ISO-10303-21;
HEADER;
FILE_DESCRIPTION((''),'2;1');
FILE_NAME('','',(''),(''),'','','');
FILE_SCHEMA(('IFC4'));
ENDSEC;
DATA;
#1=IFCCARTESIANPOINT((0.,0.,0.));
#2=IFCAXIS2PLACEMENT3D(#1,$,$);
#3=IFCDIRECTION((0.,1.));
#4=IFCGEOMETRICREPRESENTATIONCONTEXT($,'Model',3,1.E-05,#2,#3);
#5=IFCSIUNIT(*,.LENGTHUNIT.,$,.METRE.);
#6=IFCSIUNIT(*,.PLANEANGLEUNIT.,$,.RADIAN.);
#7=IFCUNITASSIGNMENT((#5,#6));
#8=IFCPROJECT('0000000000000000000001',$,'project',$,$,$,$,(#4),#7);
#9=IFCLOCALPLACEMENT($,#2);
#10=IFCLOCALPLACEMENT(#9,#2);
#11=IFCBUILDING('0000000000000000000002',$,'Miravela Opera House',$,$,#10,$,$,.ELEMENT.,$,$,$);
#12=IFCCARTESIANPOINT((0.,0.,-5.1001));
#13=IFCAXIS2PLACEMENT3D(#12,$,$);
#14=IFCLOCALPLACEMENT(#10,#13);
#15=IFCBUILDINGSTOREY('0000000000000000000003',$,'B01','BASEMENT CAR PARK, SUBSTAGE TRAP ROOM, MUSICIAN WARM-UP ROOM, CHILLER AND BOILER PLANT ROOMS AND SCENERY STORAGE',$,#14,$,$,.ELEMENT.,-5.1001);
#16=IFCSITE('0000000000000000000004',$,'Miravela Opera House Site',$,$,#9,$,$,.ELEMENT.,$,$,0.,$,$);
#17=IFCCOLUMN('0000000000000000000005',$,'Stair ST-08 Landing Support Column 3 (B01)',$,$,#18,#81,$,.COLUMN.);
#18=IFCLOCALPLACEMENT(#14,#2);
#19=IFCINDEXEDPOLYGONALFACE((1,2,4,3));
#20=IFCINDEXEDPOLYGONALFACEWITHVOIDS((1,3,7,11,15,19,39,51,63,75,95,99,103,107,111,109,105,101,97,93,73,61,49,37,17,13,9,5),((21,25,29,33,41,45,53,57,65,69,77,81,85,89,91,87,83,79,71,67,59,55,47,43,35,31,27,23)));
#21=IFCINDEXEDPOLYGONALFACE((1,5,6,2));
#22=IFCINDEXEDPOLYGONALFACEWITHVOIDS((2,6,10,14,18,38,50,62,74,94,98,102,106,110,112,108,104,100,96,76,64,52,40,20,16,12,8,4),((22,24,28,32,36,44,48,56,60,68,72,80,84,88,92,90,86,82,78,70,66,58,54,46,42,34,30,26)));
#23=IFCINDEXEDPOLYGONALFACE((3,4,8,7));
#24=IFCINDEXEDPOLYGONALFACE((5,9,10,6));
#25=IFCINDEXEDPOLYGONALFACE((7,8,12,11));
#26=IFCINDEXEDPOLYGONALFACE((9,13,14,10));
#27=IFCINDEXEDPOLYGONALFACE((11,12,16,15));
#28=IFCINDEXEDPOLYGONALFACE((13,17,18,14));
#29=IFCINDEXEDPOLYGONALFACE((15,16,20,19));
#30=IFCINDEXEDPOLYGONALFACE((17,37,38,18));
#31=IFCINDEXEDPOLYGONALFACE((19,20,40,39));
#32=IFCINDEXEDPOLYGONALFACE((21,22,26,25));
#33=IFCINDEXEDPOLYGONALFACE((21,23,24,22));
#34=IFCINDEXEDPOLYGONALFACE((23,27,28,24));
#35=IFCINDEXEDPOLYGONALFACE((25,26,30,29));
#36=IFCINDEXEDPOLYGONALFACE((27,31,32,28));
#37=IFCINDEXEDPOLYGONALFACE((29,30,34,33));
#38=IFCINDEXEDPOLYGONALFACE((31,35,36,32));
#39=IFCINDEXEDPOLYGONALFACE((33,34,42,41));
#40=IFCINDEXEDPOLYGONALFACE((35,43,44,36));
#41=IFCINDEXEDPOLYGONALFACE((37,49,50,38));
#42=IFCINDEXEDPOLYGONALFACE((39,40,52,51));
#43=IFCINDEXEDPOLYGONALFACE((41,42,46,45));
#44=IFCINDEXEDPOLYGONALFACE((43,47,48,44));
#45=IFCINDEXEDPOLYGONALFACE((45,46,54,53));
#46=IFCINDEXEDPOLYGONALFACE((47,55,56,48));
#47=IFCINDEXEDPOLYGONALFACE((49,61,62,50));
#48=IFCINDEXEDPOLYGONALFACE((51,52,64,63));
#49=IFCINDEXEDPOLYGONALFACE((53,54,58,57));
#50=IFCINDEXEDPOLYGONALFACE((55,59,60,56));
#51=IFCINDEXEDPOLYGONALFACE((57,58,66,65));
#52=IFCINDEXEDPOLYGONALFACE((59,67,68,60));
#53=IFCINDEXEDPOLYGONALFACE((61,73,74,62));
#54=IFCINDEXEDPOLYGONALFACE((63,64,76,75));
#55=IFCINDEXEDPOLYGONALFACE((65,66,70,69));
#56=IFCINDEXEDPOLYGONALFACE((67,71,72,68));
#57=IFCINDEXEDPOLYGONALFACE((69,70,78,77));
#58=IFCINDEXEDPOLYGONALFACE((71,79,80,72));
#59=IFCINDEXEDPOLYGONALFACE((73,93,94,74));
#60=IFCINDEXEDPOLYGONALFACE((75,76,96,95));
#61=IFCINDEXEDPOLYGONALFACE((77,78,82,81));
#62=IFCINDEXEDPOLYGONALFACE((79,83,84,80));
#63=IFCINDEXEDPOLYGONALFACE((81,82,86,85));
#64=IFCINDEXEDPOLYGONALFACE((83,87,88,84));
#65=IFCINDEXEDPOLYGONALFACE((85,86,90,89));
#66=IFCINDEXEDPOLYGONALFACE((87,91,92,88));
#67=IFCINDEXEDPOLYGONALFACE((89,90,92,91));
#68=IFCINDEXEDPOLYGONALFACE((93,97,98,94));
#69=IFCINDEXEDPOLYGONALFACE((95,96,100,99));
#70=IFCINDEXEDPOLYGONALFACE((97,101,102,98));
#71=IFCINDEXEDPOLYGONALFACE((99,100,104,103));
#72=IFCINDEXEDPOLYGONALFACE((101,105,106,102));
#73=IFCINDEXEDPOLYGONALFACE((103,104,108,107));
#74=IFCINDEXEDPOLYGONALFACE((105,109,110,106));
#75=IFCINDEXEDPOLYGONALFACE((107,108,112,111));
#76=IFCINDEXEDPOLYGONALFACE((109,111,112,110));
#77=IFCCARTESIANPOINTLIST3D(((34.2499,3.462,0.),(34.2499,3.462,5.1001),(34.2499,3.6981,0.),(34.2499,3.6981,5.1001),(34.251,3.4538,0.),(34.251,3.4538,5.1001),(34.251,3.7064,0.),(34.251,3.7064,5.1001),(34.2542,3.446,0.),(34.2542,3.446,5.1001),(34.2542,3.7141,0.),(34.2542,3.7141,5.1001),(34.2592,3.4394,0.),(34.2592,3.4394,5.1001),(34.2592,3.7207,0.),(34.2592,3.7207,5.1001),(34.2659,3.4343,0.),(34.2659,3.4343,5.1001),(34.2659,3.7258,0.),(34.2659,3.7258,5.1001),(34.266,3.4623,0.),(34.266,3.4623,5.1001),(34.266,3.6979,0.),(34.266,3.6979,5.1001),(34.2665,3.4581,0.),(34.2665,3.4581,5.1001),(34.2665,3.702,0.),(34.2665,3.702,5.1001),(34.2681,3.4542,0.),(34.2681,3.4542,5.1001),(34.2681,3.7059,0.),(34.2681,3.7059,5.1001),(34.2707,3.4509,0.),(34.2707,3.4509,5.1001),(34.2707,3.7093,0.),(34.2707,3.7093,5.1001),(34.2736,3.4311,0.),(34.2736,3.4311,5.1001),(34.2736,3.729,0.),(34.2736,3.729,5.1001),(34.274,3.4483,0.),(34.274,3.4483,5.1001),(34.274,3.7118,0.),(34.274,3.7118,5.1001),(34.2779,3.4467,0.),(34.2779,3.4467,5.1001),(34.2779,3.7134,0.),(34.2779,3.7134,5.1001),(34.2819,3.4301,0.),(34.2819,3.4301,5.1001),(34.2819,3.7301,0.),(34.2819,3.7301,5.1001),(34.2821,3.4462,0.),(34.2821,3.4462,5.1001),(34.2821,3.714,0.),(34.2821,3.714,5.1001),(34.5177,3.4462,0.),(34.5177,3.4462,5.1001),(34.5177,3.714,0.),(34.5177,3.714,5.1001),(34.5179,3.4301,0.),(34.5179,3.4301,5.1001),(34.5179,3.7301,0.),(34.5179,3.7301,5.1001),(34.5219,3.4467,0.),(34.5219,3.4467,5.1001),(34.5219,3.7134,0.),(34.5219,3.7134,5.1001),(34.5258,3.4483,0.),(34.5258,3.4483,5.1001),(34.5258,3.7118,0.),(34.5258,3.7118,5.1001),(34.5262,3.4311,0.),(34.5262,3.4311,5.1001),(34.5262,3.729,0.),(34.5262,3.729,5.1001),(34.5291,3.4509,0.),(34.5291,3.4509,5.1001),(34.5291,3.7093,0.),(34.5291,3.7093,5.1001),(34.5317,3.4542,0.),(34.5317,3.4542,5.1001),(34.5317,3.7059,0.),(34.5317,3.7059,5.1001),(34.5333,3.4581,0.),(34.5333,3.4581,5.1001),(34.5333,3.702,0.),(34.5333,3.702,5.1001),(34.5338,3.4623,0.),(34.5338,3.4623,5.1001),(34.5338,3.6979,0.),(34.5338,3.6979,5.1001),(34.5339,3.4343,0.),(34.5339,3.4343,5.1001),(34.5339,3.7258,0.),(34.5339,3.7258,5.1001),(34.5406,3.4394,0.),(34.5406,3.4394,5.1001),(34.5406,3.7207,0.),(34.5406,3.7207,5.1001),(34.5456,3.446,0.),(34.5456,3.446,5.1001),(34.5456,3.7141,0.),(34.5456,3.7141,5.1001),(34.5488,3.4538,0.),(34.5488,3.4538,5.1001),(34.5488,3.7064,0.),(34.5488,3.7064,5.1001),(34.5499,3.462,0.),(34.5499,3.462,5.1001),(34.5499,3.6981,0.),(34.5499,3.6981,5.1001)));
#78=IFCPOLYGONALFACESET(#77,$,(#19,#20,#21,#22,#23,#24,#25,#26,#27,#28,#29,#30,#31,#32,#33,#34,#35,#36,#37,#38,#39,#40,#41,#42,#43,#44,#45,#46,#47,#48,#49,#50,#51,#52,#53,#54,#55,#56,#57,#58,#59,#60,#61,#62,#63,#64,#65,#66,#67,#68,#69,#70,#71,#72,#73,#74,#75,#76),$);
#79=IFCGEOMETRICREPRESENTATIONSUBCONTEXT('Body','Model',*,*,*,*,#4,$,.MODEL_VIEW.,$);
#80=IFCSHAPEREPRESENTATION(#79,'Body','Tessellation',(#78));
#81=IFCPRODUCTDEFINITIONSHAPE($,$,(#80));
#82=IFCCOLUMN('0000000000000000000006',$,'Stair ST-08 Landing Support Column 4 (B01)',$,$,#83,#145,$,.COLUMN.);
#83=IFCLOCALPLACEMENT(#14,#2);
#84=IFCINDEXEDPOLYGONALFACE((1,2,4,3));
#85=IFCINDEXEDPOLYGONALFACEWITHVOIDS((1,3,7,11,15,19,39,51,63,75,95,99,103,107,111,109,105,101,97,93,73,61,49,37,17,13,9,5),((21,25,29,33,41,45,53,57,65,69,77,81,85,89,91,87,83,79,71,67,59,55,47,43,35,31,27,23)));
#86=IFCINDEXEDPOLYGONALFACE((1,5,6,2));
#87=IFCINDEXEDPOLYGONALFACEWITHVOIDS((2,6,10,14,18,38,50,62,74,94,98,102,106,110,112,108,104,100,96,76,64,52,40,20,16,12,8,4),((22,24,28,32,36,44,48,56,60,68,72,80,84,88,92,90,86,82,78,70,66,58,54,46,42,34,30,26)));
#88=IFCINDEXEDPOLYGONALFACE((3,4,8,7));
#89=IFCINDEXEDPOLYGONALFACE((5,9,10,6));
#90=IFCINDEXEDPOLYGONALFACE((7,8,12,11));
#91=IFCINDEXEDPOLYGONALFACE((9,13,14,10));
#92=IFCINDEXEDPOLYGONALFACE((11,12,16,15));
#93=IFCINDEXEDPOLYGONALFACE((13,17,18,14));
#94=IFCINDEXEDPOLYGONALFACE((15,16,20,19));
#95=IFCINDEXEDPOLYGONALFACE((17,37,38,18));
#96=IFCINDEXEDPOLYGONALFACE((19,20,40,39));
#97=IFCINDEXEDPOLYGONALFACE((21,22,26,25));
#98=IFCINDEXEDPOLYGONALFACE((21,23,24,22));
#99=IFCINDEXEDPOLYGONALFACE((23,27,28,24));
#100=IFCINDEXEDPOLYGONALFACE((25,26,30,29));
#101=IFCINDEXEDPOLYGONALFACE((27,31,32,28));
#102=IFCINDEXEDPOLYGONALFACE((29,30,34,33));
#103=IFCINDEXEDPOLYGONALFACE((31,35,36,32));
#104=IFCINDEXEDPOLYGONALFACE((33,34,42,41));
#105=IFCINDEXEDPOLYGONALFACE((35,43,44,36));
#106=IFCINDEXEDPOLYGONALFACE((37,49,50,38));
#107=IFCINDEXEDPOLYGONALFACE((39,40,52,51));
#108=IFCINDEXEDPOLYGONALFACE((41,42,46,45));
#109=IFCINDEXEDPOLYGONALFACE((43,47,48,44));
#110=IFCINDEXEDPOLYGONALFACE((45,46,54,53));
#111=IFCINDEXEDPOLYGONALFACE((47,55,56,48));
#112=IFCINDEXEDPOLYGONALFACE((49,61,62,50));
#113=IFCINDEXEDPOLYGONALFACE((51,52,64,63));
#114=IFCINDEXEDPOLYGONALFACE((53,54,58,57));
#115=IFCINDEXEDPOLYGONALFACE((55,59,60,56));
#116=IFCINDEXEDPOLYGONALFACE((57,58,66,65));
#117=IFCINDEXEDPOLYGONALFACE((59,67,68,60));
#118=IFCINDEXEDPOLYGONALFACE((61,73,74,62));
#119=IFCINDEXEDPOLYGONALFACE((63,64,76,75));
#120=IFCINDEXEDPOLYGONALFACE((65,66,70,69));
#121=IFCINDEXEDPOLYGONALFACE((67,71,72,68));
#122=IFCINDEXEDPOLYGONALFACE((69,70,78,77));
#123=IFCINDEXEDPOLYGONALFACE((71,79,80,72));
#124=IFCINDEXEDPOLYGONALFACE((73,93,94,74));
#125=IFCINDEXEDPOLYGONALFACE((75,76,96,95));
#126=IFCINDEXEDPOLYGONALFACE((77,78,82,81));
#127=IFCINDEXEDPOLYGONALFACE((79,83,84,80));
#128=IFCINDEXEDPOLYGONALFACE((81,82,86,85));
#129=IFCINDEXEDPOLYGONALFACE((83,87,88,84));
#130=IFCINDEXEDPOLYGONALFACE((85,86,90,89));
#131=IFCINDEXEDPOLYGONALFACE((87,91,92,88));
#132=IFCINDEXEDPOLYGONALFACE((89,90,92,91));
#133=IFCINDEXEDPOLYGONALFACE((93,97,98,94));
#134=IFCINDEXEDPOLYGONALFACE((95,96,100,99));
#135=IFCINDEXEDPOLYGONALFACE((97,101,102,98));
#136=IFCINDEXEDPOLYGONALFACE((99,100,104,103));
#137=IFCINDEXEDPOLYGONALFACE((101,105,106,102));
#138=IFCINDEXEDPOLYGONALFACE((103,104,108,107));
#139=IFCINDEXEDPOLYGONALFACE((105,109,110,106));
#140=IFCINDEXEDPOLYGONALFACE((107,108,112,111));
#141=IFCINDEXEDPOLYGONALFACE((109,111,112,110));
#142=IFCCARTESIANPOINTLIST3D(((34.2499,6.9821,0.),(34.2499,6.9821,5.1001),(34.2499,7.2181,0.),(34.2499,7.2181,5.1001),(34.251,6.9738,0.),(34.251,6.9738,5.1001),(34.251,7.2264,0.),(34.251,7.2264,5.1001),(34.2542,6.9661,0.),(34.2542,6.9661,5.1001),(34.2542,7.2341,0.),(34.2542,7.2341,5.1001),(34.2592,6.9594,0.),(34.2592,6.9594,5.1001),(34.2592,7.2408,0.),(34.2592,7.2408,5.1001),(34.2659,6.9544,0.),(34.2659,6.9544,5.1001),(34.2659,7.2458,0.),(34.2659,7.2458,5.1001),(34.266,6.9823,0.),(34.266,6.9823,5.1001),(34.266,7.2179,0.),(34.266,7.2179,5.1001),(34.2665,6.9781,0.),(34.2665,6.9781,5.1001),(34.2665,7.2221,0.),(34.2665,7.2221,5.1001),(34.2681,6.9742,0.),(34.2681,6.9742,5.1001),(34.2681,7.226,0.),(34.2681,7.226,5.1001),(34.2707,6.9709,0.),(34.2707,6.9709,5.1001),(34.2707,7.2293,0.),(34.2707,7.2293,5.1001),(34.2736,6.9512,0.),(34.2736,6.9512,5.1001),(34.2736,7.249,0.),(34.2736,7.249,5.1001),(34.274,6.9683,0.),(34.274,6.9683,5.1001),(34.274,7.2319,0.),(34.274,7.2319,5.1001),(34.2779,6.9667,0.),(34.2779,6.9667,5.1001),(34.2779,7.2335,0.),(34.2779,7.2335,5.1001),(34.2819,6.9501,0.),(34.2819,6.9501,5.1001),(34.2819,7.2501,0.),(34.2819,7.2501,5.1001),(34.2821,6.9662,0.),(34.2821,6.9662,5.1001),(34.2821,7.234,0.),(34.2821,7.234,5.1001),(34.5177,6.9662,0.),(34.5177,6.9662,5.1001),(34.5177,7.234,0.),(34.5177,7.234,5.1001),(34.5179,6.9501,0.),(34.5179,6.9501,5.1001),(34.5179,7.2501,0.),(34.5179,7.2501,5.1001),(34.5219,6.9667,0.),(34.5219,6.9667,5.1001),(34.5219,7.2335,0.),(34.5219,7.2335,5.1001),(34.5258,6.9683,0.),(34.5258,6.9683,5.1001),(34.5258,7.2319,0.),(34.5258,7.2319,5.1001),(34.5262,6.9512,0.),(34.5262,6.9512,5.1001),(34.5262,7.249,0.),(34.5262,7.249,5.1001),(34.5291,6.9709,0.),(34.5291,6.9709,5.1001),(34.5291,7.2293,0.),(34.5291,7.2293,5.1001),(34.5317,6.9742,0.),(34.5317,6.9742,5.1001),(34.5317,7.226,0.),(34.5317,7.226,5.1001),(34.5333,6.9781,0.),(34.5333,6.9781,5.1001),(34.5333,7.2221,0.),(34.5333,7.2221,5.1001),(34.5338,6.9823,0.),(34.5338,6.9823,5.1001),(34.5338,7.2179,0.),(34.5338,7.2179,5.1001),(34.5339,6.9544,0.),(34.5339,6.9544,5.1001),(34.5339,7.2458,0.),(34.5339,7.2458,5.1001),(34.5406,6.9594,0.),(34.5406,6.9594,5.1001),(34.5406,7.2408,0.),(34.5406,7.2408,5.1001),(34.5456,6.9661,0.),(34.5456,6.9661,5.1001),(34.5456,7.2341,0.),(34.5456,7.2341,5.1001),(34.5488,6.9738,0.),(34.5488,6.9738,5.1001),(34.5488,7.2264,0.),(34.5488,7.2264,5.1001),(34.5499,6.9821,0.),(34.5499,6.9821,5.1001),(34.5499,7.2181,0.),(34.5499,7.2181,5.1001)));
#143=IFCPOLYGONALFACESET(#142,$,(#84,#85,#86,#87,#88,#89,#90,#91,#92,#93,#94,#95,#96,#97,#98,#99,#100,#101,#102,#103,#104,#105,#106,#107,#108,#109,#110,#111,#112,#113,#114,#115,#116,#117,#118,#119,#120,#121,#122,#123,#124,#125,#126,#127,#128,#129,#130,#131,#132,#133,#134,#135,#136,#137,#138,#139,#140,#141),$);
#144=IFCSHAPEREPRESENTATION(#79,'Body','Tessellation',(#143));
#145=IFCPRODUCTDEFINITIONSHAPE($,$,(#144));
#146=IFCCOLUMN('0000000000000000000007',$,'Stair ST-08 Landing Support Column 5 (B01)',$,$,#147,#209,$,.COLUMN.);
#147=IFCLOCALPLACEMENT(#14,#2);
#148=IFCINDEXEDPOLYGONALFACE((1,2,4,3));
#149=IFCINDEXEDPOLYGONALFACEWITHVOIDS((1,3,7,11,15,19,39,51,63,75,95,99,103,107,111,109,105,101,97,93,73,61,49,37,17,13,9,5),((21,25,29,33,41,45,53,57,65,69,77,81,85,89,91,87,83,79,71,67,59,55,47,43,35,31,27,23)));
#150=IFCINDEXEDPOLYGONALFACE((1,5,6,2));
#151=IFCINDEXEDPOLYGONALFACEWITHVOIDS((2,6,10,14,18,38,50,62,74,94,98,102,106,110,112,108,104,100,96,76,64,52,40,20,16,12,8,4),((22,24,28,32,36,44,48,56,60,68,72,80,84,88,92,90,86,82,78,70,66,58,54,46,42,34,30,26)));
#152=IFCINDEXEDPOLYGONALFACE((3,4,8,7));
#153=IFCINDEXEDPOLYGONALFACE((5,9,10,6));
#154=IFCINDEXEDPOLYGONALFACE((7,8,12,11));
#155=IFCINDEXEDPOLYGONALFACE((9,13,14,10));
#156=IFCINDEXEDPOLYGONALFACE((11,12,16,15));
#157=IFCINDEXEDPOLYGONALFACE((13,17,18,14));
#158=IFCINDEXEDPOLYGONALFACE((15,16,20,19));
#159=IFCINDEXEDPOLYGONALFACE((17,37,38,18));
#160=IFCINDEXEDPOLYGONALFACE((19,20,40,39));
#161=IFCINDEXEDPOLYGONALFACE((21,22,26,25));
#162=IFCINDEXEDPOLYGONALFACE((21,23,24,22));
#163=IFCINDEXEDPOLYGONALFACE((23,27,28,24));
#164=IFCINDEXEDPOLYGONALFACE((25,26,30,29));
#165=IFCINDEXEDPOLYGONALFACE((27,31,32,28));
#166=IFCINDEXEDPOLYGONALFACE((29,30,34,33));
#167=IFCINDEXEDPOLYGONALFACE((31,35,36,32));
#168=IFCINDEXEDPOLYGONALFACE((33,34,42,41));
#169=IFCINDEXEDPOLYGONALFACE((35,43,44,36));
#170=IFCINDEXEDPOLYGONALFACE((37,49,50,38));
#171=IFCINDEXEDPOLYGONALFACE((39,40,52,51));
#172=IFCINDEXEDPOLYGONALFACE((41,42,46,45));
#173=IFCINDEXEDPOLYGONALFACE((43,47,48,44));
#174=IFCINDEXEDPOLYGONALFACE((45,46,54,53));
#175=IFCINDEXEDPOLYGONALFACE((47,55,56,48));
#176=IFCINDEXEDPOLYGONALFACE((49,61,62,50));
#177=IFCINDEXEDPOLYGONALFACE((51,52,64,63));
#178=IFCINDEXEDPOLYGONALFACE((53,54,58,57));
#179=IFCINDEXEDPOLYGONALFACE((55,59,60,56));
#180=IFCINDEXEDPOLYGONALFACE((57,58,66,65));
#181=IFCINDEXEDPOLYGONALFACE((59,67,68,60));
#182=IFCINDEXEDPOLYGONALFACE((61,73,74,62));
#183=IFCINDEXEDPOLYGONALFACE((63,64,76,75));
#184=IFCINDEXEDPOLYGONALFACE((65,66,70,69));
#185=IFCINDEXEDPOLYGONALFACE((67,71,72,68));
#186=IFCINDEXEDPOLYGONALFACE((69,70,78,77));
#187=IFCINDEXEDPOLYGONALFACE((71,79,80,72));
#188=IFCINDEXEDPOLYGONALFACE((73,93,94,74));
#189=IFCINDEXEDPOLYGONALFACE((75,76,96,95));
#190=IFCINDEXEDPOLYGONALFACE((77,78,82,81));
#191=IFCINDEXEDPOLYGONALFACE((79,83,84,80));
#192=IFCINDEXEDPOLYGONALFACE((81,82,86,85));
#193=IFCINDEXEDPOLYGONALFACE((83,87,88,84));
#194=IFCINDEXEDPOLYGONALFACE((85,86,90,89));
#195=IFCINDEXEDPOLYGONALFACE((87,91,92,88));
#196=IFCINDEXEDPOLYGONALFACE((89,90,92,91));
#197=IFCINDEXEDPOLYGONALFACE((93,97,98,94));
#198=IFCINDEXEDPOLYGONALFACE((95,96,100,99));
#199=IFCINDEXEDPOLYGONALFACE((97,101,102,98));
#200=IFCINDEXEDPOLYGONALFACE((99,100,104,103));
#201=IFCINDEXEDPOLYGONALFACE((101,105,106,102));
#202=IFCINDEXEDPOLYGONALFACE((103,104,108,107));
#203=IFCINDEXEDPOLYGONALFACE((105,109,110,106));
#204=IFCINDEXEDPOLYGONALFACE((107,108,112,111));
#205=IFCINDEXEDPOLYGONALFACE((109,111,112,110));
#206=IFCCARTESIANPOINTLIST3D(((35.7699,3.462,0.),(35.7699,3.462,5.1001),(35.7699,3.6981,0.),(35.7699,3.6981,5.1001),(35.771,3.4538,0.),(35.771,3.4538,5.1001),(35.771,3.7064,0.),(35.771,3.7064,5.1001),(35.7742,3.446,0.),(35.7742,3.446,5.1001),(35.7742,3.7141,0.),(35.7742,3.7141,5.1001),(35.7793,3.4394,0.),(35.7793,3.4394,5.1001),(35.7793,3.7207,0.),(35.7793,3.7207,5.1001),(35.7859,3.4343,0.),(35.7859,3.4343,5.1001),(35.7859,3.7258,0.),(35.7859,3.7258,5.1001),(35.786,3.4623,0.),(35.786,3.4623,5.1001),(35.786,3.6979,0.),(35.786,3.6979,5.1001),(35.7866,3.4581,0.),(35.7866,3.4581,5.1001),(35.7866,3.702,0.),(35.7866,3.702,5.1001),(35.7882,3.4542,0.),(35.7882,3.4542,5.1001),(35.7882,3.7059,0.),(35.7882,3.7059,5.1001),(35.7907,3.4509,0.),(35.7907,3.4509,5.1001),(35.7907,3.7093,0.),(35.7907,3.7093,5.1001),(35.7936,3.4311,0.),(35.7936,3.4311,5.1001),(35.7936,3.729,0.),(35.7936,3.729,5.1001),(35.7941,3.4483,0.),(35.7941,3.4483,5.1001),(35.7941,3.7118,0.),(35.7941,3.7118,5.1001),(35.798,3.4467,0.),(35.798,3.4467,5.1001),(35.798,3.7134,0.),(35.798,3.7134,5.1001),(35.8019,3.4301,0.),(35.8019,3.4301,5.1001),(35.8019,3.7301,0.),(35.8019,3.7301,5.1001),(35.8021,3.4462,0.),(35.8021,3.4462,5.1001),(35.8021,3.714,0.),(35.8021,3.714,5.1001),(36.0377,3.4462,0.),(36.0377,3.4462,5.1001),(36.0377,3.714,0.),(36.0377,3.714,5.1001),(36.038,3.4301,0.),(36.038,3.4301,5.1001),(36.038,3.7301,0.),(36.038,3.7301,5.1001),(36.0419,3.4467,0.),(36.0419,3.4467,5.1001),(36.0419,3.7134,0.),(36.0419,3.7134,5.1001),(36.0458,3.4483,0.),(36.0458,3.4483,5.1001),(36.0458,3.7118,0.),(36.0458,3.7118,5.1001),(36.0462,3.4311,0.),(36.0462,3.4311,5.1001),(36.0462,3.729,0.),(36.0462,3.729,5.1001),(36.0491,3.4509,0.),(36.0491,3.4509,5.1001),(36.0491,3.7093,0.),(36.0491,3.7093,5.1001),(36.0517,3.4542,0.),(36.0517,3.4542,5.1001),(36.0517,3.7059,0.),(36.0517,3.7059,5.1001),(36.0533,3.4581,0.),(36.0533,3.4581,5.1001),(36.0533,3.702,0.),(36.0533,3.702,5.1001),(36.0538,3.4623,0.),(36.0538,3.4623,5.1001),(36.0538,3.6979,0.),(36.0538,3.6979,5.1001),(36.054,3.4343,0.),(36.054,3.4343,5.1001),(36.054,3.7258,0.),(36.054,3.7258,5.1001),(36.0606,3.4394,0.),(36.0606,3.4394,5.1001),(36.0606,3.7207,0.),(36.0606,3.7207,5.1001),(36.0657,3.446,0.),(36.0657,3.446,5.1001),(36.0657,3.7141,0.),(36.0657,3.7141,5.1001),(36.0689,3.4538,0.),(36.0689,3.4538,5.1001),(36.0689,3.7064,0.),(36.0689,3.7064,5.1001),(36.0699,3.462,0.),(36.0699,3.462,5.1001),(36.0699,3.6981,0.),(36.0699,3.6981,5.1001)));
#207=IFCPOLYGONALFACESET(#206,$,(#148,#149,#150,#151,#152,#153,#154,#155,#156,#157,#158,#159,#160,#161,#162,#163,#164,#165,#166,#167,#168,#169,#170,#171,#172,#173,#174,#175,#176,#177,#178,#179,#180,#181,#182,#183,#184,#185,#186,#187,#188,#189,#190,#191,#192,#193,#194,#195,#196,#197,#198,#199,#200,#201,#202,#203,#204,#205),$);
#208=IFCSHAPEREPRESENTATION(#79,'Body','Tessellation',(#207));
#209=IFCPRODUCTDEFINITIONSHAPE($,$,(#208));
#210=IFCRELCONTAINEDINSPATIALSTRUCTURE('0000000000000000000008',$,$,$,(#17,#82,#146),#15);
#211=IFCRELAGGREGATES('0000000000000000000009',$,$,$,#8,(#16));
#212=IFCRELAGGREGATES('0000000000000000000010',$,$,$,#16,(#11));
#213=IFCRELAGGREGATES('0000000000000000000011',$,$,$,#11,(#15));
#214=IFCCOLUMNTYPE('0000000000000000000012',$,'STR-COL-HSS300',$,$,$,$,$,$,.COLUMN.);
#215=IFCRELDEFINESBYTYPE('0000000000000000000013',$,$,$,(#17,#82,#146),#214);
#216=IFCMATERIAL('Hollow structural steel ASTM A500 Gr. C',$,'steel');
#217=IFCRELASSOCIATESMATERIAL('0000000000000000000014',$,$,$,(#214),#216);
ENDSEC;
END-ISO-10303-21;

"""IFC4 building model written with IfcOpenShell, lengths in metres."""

from ifc_helpers import new_model, si_unit, direction, frame, origin, origin_2d, place, context, subcontext, project, spatial, hollow_rectangle, extrude, material, material_profile, profile_set, type_object, element, save


model = new_model("IFC4")

# Units and contexts
model_context = context("Model", 3, precision=1e-05, world=origin(), true_north=direction((0.0, 1.0)))
body_context = subcontext(model_context, "Body", "Model", "MODEL_VIEW")
ifc_project = project(units=[si_unit("LENGTHUNIT", "METRE"), si_unit("PLANEANGLEUNIT", "RADIAN")], contexts=[model_context])

# Site, building, storey
site_placement = place(None, origin())
site = spatial("IfcSite", under=ifc_project, at=site_placement, Name="Miravela Opera House Site", CompositionType="ELEMENT", RefElevation=0.0)
building_placement = place(site_placement, origin())
building = spatial("IfcBuilding", under=site, at=building_placement, Name="Miravela Opera House", CompositionType="ELEMENT")
storey_placement = place(building_placement, frame((0.0, 0.0, -5.1001)))
storey = spatial("IfcBuildingStorey", under=building, at=storey_placement, Name="B01", Description="BASEMENT CAR PARK, SUBSTAGE TRAP ROOM, MUSICIAN WARM-UP ROOM, CHILLER AND BOILER PLANT ROOMS AND SCENERY STORAGE", CompositionType="ELEMENT", Elevation=-5.1001)

# Columns
ifc_material_1 = material(Name="Hollow structural steel ASTM A500 Gr. C", Category="steel")
ifc_material_profile_1 = material_profile(ifc_material_1, hollow_rectangle(XDim=0.3, YDim=0.3, WallThickness=0.0161, InnerFilletRadius=0.0161, OuterFilletRadius=0.032, at=origin_2d()), Name="HSS300X300X16")
ifc_profile_set_1 = profile_set([ifc_material_profile_1])
column_type_1 = type_object("IfcColumnType", Name="STR-COL-HSS300", PredefinedType="COLUMN", material=ifc_profile_set_1)
for number, where, z_axis, x_axis, name in (
    (1, (34.3999, 3.5801, 0.0), (0.0, 0.0, 1.0), (1.0, 0.0, 0.0), "Stair ST-08 Landing Support Column 3 (B01)"),
    (2, (34.3999, 7.1001, 0.0), (0.0, 0.0, 1.0), (1.0, 0.0, 0.0), "Stair ST-08 Landing Support Column 4 (B01)"),
    (3, (35.9199, 3.5801, 0.0), (0.0, 0.0, 1.0), (1.0, 0.0, 0.0), "Stair ST-08 Landing Support Column 5 (B01)"),
):
    element("IfcColumn", number, at=place(storey_placement, frame(where, z_axis=z_axis, x_axis=x_axis)), inside=storey, type_object=column_type_1, Name=name, PredefinedType="COLUMN", context=body_context, shape_type="SweptSolid", body=[
        extrude(hollow_rectangle(XDim=0.3, YDim=0.3, WallThickness=0.0161, InnerFilletRadius=0.0161, OuterFilletRadius=0.032, at=origin_2d()), origin(), (0.0, 0.0, 1.0), 5.1001),
    ])

save(model, "model.ifc")
